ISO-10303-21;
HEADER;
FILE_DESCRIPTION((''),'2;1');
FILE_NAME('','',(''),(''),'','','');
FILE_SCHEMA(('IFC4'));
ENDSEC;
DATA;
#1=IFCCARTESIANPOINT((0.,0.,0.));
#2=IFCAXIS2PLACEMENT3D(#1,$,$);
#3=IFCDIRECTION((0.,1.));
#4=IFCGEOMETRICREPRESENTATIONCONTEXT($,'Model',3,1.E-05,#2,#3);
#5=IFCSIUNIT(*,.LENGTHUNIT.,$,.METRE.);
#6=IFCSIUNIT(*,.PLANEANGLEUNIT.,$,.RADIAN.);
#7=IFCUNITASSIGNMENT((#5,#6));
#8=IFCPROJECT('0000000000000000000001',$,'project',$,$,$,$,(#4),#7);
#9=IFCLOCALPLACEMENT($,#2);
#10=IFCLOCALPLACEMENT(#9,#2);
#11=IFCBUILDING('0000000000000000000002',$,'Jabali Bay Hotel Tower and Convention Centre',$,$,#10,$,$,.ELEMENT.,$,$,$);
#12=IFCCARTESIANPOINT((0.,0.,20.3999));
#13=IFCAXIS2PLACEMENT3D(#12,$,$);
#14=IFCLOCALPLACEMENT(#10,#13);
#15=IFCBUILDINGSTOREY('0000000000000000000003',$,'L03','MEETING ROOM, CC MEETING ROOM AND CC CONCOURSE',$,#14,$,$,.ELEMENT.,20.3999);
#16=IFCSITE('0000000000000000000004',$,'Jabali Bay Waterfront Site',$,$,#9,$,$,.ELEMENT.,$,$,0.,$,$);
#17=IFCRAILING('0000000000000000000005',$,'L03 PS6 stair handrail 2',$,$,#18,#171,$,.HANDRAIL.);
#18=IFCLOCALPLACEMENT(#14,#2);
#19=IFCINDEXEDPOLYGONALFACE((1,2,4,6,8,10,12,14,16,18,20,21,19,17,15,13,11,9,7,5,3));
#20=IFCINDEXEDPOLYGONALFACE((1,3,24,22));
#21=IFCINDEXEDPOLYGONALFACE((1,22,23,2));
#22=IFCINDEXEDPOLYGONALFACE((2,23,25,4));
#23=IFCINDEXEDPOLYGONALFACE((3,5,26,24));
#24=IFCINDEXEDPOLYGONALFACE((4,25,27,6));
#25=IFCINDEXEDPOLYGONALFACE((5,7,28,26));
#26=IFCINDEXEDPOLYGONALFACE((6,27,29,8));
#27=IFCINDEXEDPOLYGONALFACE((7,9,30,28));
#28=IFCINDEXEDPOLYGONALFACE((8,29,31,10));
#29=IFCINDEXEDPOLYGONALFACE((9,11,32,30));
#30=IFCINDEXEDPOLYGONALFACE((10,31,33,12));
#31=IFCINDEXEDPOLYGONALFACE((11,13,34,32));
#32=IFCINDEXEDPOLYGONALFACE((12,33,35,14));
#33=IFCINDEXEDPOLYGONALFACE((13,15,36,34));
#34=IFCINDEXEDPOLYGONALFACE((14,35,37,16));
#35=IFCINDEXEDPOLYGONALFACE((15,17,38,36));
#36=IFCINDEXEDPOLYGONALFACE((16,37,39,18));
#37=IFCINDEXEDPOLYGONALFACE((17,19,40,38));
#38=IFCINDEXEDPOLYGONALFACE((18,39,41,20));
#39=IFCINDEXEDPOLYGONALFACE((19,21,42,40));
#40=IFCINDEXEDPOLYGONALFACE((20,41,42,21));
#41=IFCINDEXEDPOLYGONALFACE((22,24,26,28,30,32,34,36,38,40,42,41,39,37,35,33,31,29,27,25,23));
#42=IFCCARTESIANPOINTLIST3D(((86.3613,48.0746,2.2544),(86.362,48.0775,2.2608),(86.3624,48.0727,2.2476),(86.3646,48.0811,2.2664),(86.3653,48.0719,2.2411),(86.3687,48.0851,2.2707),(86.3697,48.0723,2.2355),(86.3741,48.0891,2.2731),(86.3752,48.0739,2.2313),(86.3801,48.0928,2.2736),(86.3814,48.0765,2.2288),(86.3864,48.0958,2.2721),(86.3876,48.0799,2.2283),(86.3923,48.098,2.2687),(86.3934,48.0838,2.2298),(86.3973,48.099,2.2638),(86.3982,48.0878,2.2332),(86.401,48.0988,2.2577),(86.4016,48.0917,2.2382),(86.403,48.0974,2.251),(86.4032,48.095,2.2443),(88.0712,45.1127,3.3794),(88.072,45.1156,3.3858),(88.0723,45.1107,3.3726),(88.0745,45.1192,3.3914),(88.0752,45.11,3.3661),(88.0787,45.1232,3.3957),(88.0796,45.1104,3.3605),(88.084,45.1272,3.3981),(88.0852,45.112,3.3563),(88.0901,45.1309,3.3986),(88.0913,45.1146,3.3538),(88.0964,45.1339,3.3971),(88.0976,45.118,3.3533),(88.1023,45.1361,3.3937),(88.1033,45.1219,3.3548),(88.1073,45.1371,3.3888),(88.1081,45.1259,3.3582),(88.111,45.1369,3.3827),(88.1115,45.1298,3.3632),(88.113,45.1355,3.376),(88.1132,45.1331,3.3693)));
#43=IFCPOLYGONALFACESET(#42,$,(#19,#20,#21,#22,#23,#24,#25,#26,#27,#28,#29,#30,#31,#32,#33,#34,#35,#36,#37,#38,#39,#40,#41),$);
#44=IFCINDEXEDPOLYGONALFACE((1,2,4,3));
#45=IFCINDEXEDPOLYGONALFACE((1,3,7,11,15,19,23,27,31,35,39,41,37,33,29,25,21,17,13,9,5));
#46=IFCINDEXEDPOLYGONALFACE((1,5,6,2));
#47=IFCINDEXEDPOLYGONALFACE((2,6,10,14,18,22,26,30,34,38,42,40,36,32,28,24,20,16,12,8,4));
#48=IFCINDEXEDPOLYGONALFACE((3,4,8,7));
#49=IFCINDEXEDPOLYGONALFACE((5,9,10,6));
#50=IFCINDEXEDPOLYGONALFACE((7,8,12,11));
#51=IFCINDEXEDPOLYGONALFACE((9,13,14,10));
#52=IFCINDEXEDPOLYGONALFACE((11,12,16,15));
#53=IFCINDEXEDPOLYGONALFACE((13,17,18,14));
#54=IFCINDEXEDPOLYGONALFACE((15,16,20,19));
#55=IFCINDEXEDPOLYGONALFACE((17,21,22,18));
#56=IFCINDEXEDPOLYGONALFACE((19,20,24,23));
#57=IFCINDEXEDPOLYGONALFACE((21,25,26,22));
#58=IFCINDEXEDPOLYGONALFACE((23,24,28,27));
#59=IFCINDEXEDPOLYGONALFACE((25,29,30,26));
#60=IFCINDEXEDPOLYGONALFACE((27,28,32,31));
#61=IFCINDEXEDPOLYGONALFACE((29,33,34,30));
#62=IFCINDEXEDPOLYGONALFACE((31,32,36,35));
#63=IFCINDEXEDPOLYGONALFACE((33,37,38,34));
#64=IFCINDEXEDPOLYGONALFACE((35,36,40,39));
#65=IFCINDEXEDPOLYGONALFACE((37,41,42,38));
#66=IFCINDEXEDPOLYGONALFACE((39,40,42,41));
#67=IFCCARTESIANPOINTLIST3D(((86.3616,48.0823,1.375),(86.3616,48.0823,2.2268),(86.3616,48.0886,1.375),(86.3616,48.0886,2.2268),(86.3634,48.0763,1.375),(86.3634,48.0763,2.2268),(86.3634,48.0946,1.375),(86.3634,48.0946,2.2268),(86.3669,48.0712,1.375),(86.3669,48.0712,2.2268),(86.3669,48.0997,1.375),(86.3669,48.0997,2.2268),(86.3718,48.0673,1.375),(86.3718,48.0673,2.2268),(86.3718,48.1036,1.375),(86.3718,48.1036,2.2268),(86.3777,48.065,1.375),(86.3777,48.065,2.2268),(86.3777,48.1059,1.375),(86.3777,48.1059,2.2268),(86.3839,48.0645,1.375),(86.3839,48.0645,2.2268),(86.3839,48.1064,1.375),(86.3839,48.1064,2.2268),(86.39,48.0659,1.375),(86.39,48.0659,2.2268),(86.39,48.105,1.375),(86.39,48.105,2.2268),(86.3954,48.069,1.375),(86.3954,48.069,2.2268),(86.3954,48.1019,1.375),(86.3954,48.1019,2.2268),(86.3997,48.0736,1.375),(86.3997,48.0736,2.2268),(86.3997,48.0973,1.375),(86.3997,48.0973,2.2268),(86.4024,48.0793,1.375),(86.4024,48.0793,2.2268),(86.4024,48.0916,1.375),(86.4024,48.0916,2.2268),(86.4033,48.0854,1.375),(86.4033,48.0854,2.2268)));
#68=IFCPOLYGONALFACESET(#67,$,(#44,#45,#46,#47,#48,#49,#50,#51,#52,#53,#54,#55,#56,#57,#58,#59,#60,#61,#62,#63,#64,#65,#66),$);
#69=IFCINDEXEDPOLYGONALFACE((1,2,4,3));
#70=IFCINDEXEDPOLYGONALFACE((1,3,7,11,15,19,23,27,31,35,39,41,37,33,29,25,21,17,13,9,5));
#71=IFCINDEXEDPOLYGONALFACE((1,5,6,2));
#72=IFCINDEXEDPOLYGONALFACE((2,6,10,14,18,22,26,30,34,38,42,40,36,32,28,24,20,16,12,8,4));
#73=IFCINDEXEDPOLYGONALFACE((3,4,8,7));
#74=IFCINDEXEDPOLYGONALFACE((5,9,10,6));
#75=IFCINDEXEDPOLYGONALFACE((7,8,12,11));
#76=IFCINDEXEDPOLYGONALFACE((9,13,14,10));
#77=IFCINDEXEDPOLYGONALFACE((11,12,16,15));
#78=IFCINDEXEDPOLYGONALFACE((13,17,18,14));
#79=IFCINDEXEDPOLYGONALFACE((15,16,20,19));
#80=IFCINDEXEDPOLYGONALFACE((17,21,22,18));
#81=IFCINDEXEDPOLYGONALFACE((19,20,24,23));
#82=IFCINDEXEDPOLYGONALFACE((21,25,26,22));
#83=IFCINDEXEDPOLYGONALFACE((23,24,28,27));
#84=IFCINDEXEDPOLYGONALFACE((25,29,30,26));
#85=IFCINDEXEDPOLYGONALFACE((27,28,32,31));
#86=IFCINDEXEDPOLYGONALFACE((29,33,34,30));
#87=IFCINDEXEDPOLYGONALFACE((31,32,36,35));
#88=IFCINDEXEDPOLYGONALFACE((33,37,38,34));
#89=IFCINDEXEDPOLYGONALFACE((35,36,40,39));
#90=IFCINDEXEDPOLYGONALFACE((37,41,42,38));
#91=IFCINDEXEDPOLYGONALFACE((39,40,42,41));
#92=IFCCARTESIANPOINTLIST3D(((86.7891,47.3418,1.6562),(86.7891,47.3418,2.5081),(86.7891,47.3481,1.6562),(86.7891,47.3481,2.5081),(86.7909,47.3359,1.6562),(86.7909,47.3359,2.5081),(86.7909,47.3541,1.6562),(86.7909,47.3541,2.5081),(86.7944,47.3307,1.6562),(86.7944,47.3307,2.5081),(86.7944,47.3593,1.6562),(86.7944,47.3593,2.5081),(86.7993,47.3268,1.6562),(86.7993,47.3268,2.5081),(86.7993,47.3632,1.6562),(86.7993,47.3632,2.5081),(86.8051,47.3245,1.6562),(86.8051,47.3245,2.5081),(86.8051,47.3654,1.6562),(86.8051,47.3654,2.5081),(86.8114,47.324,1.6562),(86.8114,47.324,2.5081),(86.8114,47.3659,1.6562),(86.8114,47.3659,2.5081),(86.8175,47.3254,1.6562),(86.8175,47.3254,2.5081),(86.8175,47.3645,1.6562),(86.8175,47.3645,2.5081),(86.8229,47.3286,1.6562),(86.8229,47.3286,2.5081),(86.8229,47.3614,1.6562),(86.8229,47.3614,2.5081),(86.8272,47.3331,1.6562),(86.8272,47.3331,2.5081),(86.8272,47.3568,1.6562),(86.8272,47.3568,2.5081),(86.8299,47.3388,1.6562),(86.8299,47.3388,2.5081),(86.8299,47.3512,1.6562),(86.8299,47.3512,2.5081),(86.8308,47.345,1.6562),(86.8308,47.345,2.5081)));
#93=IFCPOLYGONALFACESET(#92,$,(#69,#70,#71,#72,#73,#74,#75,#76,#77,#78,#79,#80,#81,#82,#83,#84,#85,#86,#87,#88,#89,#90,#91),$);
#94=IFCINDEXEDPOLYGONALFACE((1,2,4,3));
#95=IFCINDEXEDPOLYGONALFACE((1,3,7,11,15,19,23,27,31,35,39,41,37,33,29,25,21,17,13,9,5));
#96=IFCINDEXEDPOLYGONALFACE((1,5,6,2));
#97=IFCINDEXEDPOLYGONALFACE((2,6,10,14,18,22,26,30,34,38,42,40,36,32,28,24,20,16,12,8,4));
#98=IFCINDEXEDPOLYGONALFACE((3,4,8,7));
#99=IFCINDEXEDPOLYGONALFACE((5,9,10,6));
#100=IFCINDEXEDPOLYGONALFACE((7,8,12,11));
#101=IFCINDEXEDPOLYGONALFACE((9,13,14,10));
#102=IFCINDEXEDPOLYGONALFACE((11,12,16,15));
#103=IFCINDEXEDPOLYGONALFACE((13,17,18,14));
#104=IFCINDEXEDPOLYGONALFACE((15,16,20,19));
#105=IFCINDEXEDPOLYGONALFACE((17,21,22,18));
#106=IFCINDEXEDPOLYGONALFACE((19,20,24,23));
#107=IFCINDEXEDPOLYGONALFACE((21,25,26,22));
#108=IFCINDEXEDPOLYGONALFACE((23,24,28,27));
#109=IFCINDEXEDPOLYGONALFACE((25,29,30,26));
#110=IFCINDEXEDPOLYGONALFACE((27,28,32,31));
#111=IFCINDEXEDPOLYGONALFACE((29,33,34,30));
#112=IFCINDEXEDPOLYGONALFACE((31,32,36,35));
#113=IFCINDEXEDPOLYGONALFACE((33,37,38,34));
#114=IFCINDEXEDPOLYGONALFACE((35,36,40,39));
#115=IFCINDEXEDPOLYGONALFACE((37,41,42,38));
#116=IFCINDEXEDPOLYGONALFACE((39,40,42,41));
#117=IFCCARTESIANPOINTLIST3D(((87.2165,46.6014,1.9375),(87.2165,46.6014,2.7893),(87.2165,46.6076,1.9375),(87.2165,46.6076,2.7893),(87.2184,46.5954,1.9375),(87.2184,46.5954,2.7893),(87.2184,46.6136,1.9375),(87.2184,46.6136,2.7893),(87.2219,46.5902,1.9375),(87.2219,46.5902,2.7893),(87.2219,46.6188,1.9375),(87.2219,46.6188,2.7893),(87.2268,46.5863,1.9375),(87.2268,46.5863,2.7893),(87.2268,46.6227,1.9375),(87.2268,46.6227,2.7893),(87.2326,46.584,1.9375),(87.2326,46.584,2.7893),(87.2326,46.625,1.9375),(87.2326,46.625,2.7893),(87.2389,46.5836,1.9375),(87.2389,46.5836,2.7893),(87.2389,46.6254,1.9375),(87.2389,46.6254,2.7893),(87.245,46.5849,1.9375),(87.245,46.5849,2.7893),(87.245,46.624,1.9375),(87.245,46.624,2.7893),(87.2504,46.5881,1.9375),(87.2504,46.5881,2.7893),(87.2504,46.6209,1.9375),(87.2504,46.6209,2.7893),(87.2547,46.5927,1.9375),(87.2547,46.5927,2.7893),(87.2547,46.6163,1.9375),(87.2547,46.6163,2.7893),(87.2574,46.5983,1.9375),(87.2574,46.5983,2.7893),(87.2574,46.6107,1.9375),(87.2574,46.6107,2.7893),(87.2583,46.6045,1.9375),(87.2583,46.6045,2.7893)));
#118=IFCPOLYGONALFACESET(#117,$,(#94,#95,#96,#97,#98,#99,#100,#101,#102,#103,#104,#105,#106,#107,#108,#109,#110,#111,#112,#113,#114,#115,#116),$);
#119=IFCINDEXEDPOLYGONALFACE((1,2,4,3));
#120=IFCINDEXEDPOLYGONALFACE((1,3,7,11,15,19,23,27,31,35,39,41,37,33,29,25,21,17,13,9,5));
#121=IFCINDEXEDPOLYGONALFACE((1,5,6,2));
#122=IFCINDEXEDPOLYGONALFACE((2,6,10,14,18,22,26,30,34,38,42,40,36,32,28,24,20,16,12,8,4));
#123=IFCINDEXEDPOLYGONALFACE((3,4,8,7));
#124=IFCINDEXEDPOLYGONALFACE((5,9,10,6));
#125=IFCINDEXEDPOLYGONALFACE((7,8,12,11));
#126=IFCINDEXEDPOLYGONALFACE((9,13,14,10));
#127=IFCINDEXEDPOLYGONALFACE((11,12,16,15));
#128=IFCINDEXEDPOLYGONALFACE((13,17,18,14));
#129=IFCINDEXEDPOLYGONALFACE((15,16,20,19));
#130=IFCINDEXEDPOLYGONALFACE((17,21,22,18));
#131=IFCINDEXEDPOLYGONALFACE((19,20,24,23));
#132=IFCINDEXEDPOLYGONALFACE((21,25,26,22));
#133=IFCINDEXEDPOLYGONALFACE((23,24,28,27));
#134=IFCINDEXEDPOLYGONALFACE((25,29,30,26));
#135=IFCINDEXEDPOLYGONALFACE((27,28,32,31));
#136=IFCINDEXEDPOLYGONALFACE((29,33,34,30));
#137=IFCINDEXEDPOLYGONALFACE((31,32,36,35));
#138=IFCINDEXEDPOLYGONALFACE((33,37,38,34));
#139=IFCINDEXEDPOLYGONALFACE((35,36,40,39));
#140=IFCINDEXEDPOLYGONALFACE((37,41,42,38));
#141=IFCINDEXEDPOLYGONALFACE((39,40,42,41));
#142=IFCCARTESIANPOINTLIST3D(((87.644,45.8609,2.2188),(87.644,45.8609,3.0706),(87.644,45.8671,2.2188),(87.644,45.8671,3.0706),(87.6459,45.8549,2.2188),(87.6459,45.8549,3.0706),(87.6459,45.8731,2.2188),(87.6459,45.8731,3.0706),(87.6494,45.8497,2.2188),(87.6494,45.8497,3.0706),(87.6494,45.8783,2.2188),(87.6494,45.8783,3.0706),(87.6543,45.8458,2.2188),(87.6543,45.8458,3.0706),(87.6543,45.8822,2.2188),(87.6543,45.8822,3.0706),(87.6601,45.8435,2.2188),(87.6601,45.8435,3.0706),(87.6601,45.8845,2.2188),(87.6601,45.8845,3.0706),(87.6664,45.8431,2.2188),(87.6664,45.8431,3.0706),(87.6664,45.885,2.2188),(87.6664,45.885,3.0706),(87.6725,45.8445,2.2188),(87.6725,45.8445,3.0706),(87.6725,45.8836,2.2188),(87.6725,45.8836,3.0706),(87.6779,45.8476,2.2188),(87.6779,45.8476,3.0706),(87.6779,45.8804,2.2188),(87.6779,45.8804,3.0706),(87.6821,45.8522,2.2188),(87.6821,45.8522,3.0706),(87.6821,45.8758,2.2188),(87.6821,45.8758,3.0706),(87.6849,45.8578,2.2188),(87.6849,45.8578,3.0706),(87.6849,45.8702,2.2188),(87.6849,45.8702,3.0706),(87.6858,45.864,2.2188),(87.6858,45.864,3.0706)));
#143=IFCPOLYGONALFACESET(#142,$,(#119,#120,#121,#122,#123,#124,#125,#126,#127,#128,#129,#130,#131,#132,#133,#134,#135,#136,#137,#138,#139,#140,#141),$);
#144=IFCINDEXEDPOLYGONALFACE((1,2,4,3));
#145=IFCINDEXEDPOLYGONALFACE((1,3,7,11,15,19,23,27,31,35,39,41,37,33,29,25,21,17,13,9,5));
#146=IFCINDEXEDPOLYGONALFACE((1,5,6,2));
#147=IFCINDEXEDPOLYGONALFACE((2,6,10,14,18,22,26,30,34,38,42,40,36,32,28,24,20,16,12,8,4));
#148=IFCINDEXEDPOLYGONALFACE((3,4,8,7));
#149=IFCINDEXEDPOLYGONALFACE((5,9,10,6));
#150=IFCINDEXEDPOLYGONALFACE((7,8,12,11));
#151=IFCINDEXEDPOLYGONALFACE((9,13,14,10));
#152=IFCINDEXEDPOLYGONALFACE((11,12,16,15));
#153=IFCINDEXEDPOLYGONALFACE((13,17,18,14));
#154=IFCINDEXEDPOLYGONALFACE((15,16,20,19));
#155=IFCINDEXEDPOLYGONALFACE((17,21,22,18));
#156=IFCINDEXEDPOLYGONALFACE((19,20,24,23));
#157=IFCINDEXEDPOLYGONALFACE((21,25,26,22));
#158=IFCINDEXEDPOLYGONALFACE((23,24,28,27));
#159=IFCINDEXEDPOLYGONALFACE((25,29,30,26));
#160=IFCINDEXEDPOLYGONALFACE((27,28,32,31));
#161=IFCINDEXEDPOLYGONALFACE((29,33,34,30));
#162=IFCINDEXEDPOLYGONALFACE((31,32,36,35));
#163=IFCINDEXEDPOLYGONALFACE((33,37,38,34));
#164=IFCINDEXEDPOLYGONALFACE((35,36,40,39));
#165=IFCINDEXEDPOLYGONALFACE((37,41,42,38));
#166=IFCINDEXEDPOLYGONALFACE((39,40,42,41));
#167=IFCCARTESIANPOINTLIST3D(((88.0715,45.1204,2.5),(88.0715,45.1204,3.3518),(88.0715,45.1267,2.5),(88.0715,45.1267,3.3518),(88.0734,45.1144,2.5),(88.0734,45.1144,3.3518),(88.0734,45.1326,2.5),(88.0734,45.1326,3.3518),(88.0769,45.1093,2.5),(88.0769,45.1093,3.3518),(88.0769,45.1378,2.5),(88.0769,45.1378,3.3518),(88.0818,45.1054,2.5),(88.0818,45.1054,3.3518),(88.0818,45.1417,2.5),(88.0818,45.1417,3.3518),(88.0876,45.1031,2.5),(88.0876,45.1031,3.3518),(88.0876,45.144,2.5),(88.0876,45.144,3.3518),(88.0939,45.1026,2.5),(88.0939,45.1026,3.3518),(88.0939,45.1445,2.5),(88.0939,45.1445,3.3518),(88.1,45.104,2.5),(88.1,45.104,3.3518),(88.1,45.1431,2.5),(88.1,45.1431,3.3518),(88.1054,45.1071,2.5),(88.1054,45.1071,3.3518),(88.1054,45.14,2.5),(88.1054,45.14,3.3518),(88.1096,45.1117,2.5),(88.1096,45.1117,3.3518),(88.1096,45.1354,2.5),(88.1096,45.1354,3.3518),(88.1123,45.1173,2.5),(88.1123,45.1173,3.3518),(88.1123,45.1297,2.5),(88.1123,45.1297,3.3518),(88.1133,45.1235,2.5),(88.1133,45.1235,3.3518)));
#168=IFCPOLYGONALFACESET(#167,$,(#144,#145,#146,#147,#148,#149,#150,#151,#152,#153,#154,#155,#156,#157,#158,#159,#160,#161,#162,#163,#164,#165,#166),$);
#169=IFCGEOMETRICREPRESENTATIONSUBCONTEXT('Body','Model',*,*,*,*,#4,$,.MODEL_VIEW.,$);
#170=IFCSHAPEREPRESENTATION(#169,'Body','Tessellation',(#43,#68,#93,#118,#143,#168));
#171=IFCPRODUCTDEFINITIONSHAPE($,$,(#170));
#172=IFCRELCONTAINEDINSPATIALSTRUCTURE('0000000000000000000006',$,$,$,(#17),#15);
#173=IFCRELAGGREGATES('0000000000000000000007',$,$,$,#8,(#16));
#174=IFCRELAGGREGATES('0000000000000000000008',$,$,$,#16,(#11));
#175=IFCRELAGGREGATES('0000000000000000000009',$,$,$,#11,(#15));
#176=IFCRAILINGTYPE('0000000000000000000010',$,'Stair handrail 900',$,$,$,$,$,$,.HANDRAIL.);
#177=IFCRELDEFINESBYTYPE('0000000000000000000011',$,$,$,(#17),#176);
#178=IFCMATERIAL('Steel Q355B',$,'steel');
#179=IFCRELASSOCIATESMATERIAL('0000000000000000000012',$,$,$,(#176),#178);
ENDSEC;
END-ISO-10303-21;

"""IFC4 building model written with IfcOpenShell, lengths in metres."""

from ifc_helpers import new_model, si_unit, direction, frame, origin, origin_2d, place, context, subcontext, project, spatial, circle, extrude, material, type_object, element, save


model = new_model("IFC4")

# Units and contexts
model_context = context("Model", 3, precision=1e-05, world=origin(), true_north=direction((0.0, 1.0)))
body_context = subcontext(model_context, "Body", "Model", "MODEL_VIEW")
ifc_project = project(units=[si_unit("LENGTHUNIT", "METRE"), si_unit("PLANEANGLEUNIT", "RADIAN")], contexts=[model_context])

# Site, building, storey
site_placement = place(None, origin())
site = spatial("IfcSite", under=ifc_project, at=site_placement, Name="Jabali Bay Waterfront Site", CompositionType="ELEMENT", RefElevation=0.0)
building_placement = place(site_placement, origin())
building = spatial("IfcBuilding", under=site, at=building_placement, Name="Jabali Bay Hotel Tower and Convention Centre", CompositionType="ELEMENT")
storey_placement = place(building_placement, frame((0.0, 0.0, 20.3999)))
storey = spatial("IfcBuildingStorey", under=building, at=storey_placement, Name="L03", Description="MEETING ROOM, CC MEETING ROOM AND CC CONCOURSE", CompositionType="ELEMENT", Elevation=20.3999)

# Railing
ifc_material_1 = material(Name="Steel Q355B", Category="steel")
railing_type = type_object("IfcRailingType", Name="Stair handrail 900", PredefinedType="HANDRAIL", material=ifc_material_1)
for number, where, name in (
    (1, (86.3823, 48.0854, 1.375), "L03 PS6 stair handrail 2"),
):
    element("IfcRailing", number, at=place(storey_placement, frame(where)), inside=storey, type_object=railing_type, Name=name, PredefinedType="HANDRAIL", context=body_context, shape_type="SweptSolid", body=[
        extrude(circle(Radius=0.0239, at=origin_2d()), frame((0.0, 0.0, 0.876), z_axis=(0.474943, -0.822674, 0.31247), x_axis=(0.866038, 0.499978, 0.0)), (0.0, 0.0, 1.0), 3.6003),
        extrude(circle(Radius=0.021, at=origin_2d()), origin(), (0.0, 0.0, 1.0), 0.8518),
        extrude(circle(Radius=0.021, at=origin_2d()), frame((0.4275, -0.7405, 0.2812)), (0.0, 0.0, 1.0), 0.8518),
        extrude(circle(Radius=0.021, at=origin_2d()), frame((0.855, -1.481, 0.5625)), (0.0, 0.0, 1.0), 0.8518),
        extrude(circle(Radius=0.021, at=origin_2d()), frame((1.2825, -2.2214, 0.8438)), (0.0, 0.0, 1.0), 0.8518),
        extrude(circle(Radius=0.021, at=origin_2d()), frame((1.71, -2.9619, 1.125)), (0.0, 0.0, 1.0), 0.8518),
    ])

save(model, "model.ifc")
